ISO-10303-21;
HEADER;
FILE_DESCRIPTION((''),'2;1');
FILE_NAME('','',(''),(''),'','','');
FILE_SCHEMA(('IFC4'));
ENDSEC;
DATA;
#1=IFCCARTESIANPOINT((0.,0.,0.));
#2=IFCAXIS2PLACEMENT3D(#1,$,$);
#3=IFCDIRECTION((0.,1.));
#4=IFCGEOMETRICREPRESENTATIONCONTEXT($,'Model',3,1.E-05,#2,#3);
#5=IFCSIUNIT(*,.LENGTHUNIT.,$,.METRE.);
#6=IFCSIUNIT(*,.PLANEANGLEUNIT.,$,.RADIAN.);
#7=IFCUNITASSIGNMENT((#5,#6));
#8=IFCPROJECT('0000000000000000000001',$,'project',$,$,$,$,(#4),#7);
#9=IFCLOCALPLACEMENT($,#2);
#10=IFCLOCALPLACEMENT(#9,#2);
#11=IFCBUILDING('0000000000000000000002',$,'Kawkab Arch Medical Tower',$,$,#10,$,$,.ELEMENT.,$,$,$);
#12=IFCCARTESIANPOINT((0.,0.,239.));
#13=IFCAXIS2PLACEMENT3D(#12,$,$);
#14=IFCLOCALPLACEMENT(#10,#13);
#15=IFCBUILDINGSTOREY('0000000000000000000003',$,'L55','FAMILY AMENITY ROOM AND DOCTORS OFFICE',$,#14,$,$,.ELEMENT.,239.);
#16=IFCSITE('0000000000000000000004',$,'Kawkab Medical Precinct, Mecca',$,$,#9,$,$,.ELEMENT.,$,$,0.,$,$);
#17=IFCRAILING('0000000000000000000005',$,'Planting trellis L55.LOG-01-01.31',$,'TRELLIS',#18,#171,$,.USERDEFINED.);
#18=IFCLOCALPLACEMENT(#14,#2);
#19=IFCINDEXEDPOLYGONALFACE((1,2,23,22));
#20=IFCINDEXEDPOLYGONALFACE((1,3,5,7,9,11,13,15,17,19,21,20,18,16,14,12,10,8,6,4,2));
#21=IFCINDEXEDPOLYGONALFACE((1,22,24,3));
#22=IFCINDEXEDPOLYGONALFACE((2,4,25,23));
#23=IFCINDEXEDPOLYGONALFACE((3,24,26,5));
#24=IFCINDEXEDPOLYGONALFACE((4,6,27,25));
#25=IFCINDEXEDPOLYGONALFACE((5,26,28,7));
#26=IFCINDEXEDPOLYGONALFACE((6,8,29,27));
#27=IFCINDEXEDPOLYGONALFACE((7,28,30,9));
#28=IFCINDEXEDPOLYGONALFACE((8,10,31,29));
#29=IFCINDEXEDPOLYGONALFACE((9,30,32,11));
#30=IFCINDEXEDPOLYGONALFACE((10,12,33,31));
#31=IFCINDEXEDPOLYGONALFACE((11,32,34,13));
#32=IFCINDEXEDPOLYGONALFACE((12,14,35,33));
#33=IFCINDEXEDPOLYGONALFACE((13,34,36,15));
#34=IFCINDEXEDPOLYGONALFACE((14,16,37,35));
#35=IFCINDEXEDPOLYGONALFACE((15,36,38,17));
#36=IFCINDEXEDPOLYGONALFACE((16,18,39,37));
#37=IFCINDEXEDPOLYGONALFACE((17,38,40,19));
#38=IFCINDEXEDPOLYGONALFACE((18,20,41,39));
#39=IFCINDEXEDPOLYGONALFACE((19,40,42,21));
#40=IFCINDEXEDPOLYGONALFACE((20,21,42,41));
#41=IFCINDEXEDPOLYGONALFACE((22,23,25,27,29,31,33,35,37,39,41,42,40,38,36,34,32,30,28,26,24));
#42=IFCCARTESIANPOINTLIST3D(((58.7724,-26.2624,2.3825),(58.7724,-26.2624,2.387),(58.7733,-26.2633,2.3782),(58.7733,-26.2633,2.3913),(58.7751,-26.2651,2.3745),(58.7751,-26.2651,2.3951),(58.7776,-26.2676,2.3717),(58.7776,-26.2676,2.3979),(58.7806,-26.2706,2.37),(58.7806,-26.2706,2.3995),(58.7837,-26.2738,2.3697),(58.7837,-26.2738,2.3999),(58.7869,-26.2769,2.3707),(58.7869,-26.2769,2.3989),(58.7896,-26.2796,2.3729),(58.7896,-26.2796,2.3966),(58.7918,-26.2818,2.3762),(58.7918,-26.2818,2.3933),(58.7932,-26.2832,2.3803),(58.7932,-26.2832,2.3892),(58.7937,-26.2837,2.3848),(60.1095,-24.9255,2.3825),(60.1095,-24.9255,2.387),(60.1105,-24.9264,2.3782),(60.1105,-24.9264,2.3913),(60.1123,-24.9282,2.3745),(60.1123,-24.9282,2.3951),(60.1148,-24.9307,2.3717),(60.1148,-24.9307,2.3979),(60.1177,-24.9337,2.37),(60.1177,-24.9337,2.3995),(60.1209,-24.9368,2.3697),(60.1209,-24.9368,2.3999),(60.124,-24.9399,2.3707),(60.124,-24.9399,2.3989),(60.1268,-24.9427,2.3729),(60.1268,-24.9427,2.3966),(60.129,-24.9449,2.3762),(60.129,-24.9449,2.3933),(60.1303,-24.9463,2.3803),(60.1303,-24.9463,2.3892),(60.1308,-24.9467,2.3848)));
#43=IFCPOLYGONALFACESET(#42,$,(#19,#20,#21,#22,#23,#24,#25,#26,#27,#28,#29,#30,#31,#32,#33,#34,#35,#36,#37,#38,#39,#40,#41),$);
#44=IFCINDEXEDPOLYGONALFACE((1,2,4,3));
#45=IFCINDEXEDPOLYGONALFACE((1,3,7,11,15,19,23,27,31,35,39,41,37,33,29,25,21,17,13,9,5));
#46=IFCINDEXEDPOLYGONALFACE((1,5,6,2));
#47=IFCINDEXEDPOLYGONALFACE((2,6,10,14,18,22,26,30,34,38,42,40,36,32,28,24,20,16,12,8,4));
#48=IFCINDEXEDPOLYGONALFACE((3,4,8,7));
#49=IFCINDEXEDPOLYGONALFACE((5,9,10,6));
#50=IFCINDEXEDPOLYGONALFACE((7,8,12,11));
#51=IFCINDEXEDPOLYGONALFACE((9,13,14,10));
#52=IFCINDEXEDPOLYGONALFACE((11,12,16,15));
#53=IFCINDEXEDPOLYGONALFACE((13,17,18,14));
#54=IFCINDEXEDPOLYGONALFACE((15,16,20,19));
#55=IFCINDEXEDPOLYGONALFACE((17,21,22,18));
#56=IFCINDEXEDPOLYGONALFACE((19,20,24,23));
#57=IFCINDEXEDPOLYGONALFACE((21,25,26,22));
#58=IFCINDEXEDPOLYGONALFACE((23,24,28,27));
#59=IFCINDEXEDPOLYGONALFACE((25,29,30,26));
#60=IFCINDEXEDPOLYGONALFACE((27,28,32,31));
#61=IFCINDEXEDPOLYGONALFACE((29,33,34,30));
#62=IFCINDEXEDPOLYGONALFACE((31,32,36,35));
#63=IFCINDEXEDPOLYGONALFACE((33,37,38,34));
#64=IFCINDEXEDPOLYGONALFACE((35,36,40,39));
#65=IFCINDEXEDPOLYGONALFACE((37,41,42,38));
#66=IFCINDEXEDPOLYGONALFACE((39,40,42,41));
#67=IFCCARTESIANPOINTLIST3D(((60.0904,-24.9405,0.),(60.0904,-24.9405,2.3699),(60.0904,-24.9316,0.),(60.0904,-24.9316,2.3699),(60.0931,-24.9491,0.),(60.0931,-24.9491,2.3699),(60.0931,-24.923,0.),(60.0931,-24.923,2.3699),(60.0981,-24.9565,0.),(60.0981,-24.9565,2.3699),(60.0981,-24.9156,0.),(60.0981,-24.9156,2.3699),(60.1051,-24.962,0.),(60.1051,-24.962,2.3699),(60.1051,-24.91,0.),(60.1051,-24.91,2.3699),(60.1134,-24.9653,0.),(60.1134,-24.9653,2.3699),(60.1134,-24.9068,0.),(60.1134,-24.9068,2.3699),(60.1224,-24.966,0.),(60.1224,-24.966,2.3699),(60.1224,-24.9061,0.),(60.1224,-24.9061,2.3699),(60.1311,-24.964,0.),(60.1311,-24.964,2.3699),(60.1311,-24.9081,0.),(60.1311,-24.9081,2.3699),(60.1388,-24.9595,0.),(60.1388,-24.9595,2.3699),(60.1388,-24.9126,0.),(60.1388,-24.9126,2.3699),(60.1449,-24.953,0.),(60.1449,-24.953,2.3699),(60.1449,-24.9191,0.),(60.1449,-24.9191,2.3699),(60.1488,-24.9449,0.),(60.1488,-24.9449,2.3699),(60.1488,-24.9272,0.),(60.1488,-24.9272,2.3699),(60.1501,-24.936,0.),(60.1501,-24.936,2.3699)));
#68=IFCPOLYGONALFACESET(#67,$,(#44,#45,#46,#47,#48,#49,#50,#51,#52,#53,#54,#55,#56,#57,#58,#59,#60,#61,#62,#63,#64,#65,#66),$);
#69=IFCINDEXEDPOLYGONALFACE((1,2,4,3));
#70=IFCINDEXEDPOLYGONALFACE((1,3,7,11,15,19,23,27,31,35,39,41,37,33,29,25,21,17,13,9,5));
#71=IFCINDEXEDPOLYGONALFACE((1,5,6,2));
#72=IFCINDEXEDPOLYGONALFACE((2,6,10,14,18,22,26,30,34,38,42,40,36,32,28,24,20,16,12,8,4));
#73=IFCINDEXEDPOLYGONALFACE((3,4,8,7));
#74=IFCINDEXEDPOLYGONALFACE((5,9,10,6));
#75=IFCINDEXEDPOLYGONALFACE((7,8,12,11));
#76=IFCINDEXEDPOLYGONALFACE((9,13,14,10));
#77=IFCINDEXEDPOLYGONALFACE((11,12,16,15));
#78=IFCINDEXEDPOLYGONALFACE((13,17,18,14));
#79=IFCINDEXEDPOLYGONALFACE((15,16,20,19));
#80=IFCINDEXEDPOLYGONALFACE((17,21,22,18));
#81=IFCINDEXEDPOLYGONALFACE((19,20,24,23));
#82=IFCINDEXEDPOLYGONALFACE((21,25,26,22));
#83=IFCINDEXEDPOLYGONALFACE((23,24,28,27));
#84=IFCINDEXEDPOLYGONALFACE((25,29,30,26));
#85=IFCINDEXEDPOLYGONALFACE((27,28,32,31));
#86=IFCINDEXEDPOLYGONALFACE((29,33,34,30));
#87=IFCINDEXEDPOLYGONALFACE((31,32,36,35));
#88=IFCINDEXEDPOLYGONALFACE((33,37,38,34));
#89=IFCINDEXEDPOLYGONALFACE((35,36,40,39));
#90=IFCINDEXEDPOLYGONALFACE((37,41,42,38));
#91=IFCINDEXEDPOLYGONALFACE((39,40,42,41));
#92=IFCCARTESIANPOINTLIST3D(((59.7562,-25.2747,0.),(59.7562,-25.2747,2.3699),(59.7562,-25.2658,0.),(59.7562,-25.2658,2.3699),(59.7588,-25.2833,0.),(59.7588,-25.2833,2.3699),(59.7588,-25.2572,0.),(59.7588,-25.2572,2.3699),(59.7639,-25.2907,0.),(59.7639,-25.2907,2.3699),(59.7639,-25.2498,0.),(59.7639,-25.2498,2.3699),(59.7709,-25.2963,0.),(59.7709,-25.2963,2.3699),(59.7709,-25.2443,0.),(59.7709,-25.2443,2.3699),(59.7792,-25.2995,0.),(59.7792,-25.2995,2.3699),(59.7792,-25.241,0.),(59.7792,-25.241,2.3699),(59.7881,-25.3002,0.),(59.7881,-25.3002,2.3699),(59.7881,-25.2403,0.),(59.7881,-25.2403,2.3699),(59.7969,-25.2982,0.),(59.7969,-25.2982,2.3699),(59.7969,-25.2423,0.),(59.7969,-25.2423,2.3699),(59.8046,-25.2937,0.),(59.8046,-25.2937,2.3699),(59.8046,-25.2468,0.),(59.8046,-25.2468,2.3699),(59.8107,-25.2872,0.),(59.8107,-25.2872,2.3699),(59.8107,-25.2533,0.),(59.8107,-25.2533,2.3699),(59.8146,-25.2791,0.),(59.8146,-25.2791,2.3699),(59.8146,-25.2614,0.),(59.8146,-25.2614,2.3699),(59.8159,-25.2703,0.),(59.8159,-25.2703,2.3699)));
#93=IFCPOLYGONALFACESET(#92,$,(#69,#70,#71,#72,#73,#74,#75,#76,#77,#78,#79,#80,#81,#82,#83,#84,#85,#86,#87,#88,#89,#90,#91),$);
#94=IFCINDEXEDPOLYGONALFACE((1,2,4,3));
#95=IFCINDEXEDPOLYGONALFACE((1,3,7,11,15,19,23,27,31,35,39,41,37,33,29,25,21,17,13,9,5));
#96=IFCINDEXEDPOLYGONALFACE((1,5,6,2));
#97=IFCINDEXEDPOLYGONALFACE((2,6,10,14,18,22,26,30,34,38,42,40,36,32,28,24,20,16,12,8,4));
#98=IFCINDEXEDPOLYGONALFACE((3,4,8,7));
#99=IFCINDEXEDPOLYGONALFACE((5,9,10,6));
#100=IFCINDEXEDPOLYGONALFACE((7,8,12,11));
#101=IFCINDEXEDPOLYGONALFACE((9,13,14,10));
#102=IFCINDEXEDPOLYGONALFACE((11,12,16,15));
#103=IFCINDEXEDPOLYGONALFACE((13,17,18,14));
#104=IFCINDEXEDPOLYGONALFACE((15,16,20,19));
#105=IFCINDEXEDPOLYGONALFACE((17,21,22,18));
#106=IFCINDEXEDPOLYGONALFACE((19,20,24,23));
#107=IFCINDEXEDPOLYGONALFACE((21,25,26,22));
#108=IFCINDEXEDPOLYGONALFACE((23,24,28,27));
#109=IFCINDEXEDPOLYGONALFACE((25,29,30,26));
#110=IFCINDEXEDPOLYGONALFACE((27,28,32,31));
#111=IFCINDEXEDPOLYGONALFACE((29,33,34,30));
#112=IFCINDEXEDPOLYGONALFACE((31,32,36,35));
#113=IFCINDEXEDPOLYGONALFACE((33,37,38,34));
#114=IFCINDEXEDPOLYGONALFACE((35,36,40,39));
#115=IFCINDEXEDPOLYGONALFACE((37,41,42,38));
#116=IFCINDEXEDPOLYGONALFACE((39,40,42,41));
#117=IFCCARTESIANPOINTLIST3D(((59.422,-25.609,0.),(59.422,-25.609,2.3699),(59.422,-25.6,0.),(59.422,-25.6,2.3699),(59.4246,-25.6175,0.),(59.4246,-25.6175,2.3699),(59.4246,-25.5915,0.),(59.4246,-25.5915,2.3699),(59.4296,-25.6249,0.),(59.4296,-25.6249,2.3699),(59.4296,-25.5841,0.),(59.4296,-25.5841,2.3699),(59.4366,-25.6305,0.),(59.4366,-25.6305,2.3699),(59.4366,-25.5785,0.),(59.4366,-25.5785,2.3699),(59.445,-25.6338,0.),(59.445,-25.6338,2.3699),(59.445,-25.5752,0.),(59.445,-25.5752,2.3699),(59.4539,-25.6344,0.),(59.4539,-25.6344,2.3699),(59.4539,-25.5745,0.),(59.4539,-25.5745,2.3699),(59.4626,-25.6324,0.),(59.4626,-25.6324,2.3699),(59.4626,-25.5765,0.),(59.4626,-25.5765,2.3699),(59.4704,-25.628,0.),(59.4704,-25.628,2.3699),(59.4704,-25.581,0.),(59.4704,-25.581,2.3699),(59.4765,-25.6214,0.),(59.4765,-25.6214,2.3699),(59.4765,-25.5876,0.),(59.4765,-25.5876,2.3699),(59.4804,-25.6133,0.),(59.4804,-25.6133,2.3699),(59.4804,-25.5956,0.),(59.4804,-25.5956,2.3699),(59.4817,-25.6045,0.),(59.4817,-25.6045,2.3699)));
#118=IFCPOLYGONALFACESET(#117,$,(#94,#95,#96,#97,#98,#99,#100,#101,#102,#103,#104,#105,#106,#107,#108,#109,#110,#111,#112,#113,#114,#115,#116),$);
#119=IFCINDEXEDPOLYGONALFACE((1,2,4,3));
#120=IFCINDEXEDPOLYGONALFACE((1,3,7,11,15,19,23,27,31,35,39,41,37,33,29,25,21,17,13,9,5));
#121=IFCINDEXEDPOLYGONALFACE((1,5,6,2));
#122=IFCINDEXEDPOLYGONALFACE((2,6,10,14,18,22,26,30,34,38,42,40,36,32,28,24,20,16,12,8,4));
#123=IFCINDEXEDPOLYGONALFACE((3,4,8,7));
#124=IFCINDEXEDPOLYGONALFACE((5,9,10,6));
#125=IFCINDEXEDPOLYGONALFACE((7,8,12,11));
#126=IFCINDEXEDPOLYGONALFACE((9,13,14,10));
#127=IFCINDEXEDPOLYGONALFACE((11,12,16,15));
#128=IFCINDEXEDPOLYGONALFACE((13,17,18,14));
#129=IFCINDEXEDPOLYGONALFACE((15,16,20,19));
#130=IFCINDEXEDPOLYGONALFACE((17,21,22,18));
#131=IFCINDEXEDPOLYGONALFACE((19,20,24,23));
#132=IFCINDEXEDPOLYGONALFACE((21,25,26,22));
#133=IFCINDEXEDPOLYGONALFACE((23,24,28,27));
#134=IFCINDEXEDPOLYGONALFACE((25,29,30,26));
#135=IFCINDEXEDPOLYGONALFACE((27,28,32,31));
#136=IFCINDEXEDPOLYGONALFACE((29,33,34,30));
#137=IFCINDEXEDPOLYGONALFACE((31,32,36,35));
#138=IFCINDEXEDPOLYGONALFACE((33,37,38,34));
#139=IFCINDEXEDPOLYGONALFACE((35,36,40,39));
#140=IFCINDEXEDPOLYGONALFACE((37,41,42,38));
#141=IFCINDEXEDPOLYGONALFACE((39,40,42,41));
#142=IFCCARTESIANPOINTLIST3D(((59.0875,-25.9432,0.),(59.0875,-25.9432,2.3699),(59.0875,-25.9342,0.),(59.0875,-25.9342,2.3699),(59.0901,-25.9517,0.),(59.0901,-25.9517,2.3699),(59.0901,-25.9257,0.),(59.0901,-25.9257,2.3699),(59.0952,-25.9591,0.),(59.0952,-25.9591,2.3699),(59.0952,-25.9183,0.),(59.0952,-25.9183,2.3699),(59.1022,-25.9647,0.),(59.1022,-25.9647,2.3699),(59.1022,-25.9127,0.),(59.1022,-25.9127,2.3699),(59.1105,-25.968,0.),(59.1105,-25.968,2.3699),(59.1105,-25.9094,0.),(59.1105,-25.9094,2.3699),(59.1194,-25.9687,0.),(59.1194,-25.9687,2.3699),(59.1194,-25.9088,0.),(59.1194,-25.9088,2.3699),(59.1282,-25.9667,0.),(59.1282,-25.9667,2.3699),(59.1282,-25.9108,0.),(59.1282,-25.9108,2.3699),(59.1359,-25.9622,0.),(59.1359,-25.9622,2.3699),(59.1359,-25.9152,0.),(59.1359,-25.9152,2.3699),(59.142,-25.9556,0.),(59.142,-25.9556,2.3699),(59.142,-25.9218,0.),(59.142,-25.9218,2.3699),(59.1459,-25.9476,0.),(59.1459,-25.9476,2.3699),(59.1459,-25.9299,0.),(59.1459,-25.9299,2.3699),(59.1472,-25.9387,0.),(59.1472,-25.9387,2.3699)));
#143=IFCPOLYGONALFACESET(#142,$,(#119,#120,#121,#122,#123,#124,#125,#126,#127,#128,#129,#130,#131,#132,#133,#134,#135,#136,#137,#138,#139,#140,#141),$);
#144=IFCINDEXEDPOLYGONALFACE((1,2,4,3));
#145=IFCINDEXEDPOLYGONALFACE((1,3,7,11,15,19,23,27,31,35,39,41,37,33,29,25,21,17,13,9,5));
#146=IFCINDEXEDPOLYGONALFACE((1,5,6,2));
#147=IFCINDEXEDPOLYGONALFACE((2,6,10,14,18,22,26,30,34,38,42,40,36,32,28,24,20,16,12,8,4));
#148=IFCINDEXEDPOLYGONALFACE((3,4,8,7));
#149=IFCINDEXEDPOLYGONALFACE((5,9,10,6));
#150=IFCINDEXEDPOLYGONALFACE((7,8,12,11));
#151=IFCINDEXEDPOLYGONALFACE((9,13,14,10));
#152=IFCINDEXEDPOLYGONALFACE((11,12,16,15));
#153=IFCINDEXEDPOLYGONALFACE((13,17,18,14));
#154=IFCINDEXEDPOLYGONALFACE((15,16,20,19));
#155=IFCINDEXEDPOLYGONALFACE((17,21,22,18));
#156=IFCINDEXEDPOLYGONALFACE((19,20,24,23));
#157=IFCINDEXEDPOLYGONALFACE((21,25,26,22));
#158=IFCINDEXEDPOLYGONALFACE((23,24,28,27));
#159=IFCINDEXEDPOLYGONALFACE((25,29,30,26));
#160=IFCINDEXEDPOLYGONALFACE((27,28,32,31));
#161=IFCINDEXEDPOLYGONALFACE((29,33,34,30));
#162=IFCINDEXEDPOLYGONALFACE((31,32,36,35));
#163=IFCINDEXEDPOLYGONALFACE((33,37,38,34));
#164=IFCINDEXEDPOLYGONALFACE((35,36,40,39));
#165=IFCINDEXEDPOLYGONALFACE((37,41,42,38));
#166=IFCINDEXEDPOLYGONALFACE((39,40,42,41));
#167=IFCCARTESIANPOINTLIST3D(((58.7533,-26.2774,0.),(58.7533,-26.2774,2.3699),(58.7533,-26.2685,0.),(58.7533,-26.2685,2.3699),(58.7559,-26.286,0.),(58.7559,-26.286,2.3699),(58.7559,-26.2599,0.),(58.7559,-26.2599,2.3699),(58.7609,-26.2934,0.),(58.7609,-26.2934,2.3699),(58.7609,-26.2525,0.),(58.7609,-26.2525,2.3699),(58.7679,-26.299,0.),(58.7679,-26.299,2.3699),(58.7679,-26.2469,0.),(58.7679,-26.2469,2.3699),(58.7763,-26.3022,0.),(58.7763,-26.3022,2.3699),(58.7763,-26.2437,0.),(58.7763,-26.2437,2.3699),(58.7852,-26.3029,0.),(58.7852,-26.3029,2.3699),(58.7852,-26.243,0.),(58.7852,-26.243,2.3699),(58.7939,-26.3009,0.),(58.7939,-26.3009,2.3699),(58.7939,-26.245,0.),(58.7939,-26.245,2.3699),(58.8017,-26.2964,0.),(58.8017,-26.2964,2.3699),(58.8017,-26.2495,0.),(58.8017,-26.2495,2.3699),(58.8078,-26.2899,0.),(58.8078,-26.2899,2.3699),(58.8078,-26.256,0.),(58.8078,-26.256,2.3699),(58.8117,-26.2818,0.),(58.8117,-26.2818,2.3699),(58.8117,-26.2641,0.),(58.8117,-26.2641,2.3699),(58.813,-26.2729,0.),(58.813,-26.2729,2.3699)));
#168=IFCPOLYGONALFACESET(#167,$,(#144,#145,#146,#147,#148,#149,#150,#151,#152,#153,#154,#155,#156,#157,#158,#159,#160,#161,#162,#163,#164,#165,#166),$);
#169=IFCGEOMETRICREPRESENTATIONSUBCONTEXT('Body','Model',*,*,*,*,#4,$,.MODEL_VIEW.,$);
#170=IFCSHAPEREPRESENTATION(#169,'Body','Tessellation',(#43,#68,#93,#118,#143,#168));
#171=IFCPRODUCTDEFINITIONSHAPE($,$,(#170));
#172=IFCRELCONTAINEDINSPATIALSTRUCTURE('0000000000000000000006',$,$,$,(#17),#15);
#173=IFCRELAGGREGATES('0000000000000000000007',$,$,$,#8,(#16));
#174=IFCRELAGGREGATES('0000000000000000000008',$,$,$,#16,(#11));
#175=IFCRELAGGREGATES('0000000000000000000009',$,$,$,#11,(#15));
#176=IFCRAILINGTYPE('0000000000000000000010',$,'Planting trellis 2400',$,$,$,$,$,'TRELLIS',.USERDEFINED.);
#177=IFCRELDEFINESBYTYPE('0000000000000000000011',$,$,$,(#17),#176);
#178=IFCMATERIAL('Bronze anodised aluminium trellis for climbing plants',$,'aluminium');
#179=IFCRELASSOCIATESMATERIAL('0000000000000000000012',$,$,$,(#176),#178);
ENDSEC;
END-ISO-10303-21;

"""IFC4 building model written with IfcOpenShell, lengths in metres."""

from ifc_helpers import new_model, si_unit, direction, frame, origin, origin_2d, place, context, subcontext, project, spatial, circle, extrude, material, type_object, element, save


model = new_model("IFC4")

# Units and contexts
model_context = context("Model", 3, precision=1e-05, world=origin(), true_north=direction((0.0, 1.0)))
body_context = subcontext(model_context, "Body", "Model", "MODEL_VIEW")
ifc_project = project(units=[si_unit("LENGTHUNIT", "METRE"), si_unit("PLANEANGLEUNIT", "RADIAN")], contexts=[model_context])

# Site, building, storey
site_placement = place(None, origin())
site = spatial("IfcSite", under=ifc_project, at=site_placement, Name="Kawkab Medical Precinct, Mecca", CompositionType="ELEMENT", RefElevation=0.0)
building_placement = place(site_placement, origin())
building = spatial("IfcBuilding", under=site, at=building_placement, Name="Kawkab Arch Medical Tower", CompositionType="ELEMENT")
storey_placement = place(building_placement, frame((0.0, 0.0, 239.0)))
storey = spatial("IfcBuildingStorey", under=building, at=storey_placement, Name="L55", Description="FAMILY AMENITY ROOM AND DOCTORS OFFICE", CompositionType="ELEMENT", Elevation=239.0)

# Railing
ifc_material_1 = material(Name="Bronze anodised aluminium trellis for climbing plants", Category="aluminium")
railing_type_1 = type_object("IfcRailingType", Name="Planting trellis 2400", ElementType="TRELLIS", PredefinedType="USERDEFINED", material=ifc_material_1)
railing_1_placement = place(storey_placement, frame((60.1201, -24.936, 0.0)))
element("IfcRailing", 1, at=railing_1_placement, inside=storey, type_object=railing_type_1, Name="Planting trellis L55.LOG-01-01.31", ObjectType="TRELLIS", PredefinedType="USERDEFINED", context=body_context, shape_type="SweptSolid", body=[
    extrude(circle(Radius=0.0151, at=origin_2d()), frame((0.0, 0.0, 2.3848), z_axis=(-0.707171, -0.707042, 0.0), x_axis=(0.707042, -0.707171, 0.0)), (0.0, 0.0, 1.0), 1.8909),
    extrude(circle(Radius=0.03, at=origin_2d()), origin(), (0.0, 0.0, 1.0), 2.3699),
    extrude(circle(Radius=0.03, at=origin_2d()), frame((-0.3342, -0.3342, 0.0)), (0.0, 0.0, 1.0), 2.3699),
    extrude(circle(Radius=0.03, at=origin_2d()), frame((-0.6685, -0.6685, 0.0)), (0.0, 0.0, 1.0), 2.3699),
    extrude(circle(Radius=0.03, at=origin_2d()), frame((-1.0029, -1.0027, 0.0)), (0.0, 0.0, 1.0), 2.3699),
    extrude(circle(Radius=0.03, at=origin_2d()), frame((-1.3372, -1.3369, 0.0)), (0.0, 0.0, 1.0), 2.3699),
])

save(model, "model.ifc")
